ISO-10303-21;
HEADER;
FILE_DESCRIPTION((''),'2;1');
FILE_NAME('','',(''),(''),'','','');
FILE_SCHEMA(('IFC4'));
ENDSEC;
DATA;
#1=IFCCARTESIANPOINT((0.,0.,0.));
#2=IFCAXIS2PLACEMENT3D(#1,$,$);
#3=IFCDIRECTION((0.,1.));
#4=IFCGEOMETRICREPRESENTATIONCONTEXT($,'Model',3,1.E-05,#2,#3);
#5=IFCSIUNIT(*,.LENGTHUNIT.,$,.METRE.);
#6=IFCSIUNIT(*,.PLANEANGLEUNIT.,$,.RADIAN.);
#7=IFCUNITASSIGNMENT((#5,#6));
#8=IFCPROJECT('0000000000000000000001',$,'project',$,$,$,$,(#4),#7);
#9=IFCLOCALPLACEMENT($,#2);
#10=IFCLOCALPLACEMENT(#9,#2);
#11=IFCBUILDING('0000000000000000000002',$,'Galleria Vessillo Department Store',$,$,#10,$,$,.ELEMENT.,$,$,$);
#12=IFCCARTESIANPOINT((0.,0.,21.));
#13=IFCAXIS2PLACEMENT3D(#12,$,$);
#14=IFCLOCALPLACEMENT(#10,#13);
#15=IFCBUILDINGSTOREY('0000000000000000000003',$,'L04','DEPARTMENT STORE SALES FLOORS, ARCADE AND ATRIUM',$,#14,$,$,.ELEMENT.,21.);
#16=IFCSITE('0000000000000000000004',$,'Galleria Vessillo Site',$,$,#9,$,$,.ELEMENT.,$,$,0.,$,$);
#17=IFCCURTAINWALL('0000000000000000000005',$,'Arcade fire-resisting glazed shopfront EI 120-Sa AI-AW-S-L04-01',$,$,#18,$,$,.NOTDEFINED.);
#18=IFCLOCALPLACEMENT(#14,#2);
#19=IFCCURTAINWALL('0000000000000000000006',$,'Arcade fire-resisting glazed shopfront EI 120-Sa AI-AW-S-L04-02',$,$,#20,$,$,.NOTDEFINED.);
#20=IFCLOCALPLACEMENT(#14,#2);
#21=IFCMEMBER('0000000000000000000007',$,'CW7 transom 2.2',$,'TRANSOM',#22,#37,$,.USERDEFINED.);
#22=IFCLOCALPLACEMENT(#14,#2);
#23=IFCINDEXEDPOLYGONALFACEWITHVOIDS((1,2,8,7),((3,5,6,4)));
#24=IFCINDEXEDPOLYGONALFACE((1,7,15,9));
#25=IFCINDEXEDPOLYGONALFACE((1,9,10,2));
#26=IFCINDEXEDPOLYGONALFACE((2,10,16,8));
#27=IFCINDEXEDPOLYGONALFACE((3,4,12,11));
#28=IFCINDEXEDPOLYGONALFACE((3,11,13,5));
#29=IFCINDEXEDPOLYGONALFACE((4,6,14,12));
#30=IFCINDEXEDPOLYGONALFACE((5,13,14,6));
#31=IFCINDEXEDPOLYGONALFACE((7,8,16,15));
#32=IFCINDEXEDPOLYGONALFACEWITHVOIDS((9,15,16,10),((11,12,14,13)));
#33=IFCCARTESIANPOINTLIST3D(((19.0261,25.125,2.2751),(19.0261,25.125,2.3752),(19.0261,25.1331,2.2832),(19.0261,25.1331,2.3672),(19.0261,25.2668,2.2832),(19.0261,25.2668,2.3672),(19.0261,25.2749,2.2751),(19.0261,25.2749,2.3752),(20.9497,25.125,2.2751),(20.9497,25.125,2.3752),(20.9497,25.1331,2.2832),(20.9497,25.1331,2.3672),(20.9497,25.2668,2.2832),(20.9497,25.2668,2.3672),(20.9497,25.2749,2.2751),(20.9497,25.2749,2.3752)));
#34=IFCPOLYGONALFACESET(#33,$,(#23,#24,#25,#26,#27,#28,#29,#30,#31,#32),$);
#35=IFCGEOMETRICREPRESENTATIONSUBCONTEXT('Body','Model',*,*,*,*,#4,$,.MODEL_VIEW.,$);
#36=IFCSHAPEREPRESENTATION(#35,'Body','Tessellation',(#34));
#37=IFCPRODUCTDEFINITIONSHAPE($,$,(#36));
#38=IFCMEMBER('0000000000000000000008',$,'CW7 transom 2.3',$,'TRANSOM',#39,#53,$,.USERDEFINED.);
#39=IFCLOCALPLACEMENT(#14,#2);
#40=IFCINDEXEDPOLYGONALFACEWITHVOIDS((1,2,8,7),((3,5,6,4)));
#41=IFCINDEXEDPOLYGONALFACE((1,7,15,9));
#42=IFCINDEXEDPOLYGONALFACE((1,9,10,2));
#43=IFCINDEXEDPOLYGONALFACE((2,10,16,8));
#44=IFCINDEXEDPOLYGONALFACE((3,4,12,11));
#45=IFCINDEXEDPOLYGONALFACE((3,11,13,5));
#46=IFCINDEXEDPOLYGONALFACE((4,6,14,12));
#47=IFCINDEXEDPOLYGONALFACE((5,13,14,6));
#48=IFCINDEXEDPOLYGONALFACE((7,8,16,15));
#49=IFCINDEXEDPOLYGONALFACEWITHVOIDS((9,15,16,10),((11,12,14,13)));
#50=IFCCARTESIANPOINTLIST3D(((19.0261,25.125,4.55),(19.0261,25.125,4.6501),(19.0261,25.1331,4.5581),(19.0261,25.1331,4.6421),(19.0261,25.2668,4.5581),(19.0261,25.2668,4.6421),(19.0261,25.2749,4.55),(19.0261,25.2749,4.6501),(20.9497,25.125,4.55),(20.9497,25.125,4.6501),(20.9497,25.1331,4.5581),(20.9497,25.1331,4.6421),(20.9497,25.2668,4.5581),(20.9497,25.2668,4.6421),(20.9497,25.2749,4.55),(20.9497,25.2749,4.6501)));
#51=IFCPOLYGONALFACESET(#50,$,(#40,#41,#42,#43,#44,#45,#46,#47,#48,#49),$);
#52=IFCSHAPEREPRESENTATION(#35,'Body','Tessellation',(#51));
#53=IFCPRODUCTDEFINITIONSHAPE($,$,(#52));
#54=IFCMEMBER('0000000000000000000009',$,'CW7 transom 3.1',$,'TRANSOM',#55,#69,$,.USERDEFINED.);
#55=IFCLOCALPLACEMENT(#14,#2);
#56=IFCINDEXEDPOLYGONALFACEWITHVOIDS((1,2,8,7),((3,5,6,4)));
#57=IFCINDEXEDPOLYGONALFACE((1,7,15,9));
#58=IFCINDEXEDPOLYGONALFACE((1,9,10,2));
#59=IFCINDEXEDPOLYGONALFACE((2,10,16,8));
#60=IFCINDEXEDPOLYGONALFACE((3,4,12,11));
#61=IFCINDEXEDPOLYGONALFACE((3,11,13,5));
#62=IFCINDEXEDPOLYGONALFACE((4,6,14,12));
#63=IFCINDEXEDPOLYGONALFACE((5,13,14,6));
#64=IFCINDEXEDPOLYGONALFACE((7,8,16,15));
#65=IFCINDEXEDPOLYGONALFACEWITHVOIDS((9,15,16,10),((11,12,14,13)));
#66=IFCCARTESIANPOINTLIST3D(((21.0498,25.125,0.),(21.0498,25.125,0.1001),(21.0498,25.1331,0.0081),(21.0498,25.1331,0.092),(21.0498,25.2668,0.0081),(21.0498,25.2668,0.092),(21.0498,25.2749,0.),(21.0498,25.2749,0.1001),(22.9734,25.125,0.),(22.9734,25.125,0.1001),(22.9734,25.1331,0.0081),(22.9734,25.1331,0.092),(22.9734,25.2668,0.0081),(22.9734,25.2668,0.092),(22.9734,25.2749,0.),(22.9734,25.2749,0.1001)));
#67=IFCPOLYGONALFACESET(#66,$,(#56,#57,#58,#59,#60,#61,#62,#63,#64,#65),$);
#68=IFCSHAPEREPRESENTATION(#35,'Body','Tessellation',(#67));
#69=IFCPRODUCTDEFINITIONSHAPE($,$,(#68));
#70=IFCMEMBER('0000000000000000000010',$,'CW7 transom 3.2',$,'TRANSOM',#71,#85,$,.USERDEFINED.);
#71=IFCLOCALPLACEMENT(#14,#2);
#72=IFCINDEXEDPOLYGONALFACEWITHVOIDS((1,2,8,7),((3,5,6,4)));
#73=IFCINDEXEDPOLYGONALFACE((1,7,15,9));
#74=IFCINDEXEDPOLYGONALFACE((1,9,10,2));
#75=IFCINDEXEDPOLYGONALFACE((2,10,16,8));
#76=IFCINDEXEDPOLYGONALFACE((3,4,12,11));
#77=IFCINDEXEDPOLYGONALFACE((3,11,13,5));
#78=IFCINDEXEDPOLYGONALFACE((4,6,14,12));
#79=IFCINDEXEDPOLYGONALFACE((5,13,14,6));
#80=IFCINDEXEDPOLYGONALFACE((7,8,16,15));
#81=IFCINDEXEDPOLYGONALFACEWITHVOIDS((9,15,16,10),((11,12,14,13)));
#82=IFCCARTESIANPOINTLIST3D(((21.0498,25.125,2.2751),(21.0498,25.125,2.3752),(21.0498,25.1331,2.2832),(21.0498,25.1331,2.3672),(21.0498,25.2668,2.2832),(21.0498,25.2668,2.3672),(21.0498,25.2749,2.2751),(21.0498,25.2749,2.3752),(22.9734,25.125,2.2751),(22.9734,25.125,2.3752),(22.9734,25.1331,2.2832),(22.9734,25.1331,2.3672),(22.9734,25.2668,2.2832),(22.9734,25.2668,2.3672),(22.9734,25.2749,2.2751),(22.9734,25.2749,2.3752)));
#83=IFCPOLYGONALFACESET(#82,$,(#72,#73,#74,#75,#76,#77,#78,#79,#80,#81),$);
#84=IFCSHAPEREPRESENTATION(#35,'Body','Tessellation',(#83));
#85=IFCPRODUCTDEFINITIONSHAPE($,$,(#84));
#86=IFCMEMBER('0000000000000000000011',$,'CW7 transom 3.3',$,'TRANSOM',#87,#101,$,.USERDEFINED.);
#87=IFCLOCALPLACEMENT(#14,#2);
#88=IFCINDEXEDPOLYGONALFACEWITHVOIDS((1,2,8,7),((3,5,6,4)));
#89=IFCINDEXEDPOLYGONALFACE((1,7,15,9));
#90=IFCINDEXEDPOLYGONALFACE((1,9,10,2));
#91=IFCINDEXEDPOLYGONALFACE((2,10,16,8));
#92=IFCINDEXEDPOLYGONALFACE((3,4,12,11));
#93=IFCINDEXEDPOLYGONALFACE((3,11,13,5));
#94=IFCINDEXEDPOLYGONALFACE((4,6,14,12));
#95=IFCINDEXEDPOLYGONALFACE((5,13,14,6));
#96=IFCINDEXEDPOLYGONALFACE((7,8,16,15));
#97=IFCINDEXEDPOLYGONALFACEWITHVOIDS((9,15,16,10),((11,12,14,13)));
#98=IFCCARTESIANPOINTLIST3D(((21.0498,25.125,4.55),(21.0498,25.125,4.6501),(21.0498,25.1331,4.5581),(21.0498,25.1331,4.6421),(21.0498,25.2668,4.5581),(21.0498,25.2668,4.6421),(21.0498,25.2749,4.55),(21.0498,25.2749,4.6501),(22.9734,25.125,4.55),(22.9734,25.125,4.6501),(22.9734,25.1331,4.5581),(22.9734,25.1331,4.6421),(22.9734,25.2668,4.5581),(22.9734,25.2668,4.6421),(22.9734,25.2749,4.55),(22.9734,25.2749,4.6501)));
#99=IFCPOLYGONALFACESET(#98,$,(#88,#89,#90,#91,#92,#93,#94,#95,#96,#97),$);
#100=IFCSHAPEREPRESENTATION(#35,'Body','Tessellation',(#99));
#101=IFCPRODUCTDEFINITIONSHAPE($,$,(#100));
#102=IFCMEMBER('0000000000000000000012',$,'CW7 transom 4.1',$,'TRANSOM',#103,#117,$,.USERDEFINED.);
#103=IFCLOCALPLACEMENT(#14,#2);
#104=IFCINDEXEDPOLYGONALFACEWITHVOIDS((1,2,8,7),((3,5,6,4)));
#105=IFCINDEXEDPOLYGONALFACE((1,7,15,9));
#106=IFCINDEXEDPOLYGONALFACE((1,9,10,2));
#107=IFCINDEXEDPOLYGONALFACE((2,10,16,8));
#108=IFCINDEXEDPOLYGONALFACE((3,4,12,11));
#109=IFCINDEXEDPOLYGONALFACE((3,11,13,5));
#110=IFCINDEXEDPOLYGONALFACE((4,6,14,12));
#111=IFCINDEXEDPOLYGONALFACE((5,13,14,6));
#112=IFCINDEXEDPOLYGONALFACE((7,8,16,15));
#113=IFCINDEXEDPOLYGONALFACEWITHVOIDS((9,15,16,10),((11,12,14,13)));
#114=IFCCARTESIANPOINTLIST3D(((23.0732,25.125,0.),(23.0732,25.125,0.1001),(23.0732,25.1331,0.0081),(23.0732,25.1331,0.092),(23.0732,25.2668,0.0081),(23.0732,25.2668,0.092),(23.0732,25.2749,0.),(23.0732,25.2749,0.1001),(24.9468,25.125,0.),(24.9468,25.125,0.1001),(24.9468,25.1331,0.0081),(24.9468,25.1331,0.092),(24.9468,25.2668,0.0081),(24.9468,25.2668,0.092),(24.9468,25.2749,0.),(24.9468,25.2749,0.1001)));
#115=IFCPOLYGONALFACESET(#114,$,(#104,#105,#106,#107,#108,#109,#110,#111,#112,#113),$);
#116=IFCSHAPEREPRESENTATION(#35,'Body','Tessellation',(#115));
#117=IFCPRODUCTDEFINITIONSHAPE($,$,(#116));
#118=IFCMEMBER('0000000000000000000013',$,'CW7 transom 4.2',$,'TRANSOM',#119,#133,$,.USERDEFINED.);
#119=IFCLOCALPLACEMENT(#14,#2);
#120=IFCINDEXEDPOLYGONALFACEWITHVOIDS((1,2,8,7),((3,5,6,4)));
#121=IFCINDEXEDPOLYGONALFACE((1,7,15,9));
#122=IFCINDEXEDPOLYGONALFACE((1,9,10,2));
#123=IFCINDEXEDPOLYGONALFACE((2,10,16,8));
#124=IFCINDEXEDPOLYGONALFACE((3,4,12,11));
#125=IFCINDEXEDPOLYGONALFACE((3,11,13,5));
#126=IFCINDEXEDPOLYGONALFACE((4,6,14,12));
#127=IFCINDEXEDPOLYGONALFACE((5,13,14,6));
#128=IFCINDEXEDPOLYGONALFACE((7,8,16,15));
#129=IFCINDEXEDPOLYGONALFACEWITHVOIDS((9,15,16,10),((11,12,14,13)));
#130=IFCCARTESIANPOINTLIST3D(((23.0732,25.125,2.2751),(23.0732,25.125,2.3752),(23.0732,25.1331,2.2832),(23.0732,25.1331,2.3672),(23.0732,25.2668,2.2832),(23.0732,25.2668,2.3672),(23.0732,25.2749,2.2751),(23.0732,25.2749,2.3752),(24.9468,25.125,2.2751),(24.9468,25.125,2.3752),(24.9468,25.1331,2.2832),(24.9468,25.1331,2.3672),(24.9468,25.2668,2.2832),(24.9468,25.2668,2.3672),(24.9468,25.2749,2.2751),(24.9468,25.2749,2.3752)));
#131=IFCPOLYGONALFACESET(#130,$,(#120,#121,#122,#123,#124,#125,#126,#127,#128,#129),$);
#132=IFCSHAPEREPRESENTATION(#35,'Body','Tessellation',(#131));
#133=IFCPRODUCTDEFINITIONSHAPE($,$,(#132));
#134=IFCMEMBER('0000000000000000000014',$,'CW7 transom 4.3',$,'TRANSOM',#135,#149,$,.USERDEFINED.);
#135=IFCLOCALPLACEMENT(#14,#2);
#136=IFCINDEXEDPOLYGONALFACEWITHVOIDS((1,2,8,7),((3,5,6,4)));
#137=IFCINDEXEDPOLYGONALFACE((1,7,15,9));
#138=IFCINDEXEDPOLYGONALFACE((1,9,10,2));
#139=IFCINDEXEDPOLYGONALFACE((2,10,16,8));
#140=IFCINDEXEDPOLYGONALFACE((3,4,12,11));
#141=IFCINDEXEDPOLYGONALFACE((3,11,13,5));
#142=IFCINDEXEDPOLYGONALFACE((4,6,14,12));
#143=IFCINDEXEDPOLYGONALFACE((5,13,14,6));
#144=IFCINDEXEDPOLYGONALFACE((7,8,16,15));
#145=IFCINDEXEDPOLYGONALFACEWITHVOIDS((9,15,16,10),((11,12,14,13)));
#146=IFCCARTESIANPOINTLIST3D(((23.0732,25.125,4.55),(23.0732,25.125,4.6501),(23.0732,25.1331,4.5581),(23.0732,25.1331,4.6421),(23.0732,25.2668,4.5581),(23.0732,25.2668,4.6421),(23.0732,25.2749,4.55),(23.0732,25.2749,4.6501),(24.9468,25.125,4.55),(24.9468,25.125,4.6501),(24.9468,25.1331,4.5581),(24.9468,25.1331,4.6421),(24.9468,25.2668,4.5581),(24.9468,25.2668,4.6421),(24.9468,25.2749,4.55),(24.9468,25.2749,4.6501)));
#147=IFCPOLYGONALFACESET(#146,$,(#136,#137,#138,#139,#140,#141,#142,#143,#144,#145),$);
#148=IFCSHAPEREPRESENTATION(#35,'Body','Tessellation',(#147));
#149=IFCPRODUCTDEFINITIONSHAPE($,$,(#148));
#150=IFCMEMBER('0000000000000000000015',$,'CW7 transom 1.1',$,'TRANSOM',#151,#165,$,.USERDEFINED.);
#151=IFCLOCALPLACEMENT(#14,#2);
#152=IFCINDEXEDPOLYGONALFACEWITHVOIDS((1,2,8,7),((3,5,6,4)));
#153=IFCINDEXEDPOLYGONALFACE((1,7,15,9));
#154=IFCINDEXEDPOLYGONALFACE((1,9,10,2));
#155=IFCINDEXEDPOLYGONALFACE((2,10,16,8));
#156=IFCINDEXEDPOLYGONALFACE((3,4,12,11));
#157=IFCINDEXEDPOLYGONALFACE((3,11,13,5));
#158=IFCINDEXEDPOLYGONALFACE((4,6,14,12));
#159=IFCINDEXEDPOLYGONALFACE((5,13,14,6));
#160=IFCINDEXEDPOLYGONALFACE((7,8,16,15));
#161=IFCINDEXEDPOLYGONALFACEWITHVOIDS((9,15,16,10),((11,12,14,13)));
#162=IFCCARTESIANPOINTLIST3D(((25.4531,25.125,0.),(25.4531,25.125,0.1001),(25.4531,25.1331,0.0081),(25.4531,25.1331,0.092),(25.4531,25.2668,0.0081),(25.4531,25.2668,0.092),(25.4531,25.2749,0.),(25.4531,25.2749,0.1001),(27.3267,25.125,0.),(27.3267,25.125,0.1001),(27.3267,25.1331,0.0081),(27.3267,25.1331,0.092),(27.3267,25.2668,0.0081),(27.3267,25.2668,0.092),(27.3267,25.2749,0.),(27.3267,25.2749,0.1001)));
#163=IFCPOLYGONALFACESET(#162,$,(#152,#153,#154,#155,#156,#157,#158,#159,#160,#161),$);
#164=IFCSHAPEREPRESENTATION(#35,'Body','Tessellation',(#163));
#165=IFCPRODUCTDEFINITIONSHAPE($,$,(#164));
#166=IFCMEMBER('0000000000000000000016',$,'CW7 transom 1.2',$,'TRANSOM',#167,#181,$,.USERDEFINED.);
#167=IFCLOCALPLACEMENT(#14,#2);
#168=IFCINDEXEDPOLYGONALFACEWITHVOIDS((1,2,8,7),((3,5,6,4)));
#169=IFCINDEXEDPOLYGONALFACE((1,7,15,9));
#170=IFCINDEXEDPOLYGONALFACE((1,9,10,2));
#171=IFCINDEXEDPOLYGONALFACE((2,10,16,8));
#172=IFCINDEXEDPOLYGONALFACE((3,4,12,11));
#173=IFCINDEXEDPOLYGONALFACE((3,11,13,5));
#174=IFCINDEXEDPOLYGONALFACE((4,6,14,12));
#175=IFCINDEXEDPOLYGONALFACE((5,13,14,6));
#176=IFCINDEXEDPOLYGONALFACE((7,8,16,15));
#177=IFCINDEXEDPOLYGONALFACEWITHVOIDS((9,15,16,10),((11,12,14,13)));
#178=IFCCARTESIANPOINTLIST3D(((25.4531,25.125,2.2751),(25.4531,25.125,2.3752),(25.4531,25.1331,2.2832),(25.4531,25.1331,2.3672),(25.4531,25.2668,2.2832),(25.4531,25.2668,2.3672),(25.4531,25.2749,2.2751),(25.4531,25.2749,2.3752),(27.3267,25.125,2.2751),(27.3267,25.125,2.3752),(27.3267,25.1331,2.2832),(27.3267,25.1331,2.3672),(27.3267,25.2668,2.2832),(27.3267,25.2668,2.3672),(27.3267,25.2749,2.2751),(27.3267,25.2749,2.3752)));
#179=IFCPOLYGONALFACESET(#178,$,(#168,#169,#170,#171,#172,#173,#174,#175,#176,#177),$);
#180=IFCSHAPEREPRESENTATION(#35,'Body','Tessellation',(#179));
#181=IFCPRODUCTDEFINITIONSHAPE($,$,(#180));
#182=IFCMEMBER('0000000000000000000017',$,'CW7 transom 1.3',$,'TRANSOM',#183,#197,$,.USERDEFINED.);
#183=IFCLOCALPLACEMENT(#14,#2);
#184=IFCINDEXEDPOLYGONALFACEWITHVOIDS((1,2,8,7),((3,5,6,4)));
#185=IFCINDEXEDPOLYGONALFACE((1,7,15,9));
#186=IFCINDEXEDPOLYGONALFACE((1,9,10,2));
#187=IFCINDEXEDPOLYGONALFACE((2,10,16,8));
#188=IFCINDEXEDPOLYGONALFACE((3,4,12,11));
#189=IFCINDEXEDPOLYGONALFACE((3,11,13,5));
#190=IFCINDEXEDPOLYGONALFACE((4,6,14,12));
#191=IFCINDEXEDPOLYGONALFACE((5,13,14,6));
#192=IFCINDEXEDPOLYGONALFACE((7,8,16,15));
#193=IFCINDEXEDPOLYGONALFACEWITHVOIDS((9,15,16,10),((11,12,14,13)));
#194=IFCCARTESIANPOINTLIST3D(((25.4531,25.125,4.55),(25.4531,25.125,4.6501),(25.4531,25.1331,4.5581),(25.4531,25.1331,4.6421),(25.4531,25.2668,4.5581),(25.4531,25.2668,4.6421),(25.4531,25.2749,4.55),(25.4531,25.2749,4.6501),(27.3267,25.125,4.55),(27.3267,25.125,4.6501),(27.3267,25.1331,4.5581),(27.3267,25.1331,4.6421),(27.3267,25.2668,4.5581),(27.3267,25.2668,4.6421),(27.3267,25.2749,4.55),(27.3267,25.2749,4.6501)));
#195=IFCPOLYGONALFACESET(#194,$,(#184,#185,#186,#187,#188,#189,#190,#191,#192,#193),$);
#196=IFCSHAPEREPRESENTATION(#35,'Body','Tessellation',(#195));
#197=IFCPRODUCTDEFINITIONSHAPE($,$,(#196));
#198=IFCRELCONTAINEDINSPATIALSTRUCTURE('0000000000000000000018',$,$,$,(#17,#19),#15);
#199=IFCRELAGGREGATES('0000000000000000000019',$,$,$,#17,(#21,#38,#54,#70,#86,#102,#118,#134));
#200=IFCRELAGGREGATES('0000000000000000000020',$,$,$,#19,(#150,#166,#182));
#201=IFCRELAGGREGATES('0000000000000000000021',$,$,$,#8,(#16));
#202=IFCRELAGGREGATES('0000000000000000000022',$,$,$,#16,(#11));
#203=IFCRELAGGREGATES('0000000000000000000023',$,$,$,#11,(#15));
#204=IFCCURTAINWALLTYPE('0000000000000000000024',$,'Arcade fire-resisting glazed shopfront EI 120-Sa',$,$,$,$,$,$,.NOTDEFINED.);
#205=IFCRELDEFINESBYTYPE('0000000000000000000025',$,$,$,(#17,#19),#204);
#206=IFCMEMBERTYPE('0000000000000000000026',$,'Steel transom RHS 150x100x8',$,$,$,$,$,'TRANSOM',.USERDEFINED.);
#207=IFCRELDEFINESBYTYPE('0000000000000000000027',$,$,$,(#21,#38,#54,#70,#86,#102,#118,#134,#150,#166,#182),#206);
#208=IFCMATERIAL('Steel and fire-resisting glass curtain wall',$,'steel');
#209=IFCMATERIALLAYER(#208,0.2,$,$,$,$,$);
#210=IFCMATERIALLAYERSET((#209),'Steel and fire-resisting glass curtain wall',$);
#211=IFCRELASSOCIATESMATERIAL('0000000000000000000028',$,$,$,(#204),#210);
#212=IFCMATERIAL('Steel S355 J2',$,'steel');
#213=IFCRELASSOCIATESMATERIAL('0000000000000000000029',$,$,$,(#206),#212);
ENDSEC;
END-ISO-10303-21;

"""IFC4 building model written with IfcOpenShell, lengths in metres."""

from ifc_helpers import new_model, si_unit, direction, frame, origin, origin_2d, place, context, subcontext, project, spatial, hollow_rectangle, extrude, material, layer, layer_set, material_profile, profile_set, type_object, element, aggregate, save


model = new_model("IFC4")

# Units and contexts
model_context = context("Model", 3, precision=1e-05, world=origin(), true_north=direction((0.0, 1.0)))
body_context = subcontext(model_context, "Body", "Model", "MODEL_VIEW")
ifc_project = project(units=[si_unit("LENGTHUNIT", "METRE"), si_unit("PLANEANGLEUNIT", "RADIAN")], contexts=[model_context])

# Site, building, storey
site_placement = place(None, origin())
site = spatial("IfcSite", under=ifc_project, at=site_placement, Name="Galleria Vessillo Site", CompositionType="ELEMENT", RefElevation=0.0)
building_placement = place(site_placement, origin())
building = spatial("IfcBuilding", under=site, at=building_placement, Name="Galleria Vessillo Department Store", CompositionType="ELEMENT")
storey_placement = place(building_placement, frame((0.0, 0.0, 21.0)))
storey = spatial("IfcBuildingStorey", under=building, at=storey_placement, Name="L04", Description="DEPARTMENT STORE SALES FLOORS, ARCADE AND ATRIUM", CompositionType="ELEMENT", Elevation=21.0)

# Curtain walls
ifc_material_1 = material(Name="Steel and fire-resisting glass curtain wall", Category="steel")
ifc_layer_1 = layer(ifc_material_1, 0.2)
ifc_layer_set_1 = layer_set([ifc_layer_1], Name="Steel and fire-resisting glass curtain wall")
curtain_wall_type = type_object("IfcCurtainWallType", Name="Arcade fire-resisting glazed shopfront EI 120-Sa", PredefinedType="NOTDEFINED", material=ifc_layer_set_1)
curtain_wall_1_placement = place(storey_placement, origin())
curtain_wall_1 = element("IfcCurtainWall", 1, at=curtain_wall_1_placement, inside=storey, type_object=curtain_wall_type, Name="Arcade fire-resisting glazed shopfront EI 120-Sa AI-AW-S-L04-01", PredefinedType="NOTDEFINED")
curtain_wall_2_placement = place(storey_placement, origin())
curtain_wall_2 = element("IfcCurtainWall", 2, at=curtain_wall_2_placement, inside=storey, type_object=curtain_wall_type, Name="Arcade fire-resisting glazed shopfront EI 120-Sa AI-AW-S-L04-02", PredefinedType="NOTDEFINED")

# Members
ifc_material_2 = material(Name="Steel S355 J2", Category="steel")
ifc_material_profile_1 = material_profile(ifc_material_2, hollow_rectangle(XDim=0.1499, YDim=0.1001, WallThickness=0.0081, at=origin_2d()), Name="RHS 150x100x8")
ifc_profile_set_1 = profile_set([ifc_material_profile_1], Name="Steel S355 J2")
member_type_1 = type_object("IfcMemberType", Name="Steel transom RHS 150x100x8", ElementType="TRANSOM", PredefinedType="USERDEFINED", material=ifc_profile_set_1)
member_1_placement = place(storey_placement, frame((19.0261, 25.2, 2.3252), z_axis=(1.0, 0.0, 0.0), x_axis=(0.0, 1.0, 0.0)))
member_1 = element("IfcMember", 3, at=member_1_placement, type_object=member_type_1, Name="CW7 transom 2.2", ObjectType="TRANSOM", PredefinedType="USERDEFINED", context=body_context, shape_type="SweptSolid", body=[
    extrude(hollow_rectangle(XDim=0.1499, YDim=0.1001, WallThickness=0.0081, at=origin_2d()), origin(), (0.0, 0.0, 1.0), 1.9236),
])
member_2_placement = place(storey_placement, frame((19.0261, 25.2, 4.6001), z_axis=(1.0, 0.0, 0.0), x_axis=(0.0, 1.0, 0.0)))
member_2 = element("IfcMember", 4, at=member_2_placement, type_object=member_type_1, Name="CW7 transom 2.3", ObjectType="TRANSOM", PredefinedType="USERDEFINED", context=body_context, shape_type="SweptSolid", body=[
    extrude(hollow_rectangle(XDim=0.1499, YDim=0.1001, WallThickness=0.0081, at=origin_2d()), origin(), (0.0, 0.0, 1.0), 1.9236),
])
member_3_placement = place(storey_placement, frame((21.0498, 25.2, 0.05), z_axis=(1.0, 0.0, 0.0), x_axis=(0.0, 1.0, 0.0)))
member_3 = element("IfcMember", 5, at=member_3_placement, type_object=member_type_1, Name="CW7 transom 3.1", ObjectType="TRANSOM", PredefinedType="USERDEFINED", context=body_context, shape_type="SweptSolid", body=[
    extrude(hollow_rectangle(XDim=0.1499, YDim=0.1001, WallThickness=0.0081, at=origin_2d()), origin(), (0.0, 0.0, 1.0), 1.9236),
])
member_4_placement = place(storey_placement, frame((21.0498, 25.2, 2.3252), z_axis=(1.0, 0.0, 0.0), x_axis=(0.0, 1.0, 0.0)))
member_4 = element("IfcMember", 6, at=member_4_placement, type_object=member_type_1, Name="CW7 transom 3.2", ObjectType="TRANSOM", PredefinedType="USERDEFINED", context=body_context, shape_type="SweptSolid", body=[
    extrude(hollow_rectangle(XDim=0.1499, YDim=0.1001, WallThickness=0.0081, at=origin_2d()), origin(), (0.0, 0.0, 1.0), 1.9236),
])
member_5_placement = place(storey_placement, frame((21.0498, 25.2, 4.6001), z_axis=(1.0, 0.0, 0.0), x_axis=(0.0, 1.0, 0.0)))
member_5 = element("IfcMember", 7, at=member_5_placement, type_object=member_type_1, Name="CW7 transom 3.3", ObjectType="TRANSOM", PredefinedType="USERDEFINED", context=body_context, shape_type="SweptSolid", body=[
    extrude(hollow_rectangle(XDim=0.1499, YDim=0.1001, WallThickness=0.0081, at=origin_2d()), origin(), (0.0, 0.0, 1.0), 1.9236),
])
member_6_placement = place(storey_placement, frame((23.0732, 25.2, 0.05), z_axis=(1.0, 0.0, 0.0), x_axis=(0.0, 1.0, 0.0)))
member_6 = element("IfcMember", 8, at=member_6_placement, type_object=member_type_1, Name="CW7 transom 4.1", ObjectType="TRANSOM", PredefinedType="USERDEFINED", context=body_context, shape_type="SweptSolid", body=[
    extrude(hollow_rectangle(XDim=0.1499, YDim=0.1001, WallThickness=0.0081, at=origin_2d()), origin(), (0.0, 0.0, 1.0), 1.8735),
])
member_7_placement = place(storey_placement, frame((23.0732, 25.2, 2.3252), z_axis=(1.0, 0.0, 0.0), x_axis=(0.0, 1.0, 0.0)))
member_7 = element("IfcMember", 9, at=member_7_placement, type_object=member_type_1, Name="CW7 transom 4.2", ObjectType="TRANSOM", PredefinedType="USERDEFINED", context=body_context, shape_type="SweptSolid", body=[
    extrude(hollow_rectangle(XDim=0.1499, YDim=0.1001, WallThickness=0.0081, at=origin_2d()), origin(), (0.0, 0.0, 1.0), 1.8735),
])
member_8_placement = place(storey_placement, frame((23.0732, 25.2, 4.6001), z_axis=(1.0, 0.0, 0.0), x_axis=(0.0, 1.0, 0.0)))
member_8 = element("IfcMember", 10, at=member_8_placement, type_object=member_type_1, Name="CW7 transom 4.3", ObjectType="TRANSOM", PredefinedType="USERDEFINED", context=body_context, shape_type="SweptSolid", body=[
    extrude(hollow_rectangle(XDim=0.1499, YDim=0.1001, WallThickness=0.0081, at=origin_2d()), origin(), (0.0, 0.0, 1.0), 1.8735),
])
member_9_placement = place(storey_placement, frame((25.4531, 25.2, 0.05), z_axis=(1.0, 0.0, 0.0), x_axis=(0.0, 1.0, 0.0)))
member_9 = element("IfcMember", 11, at=member_9_placement, type_object=member_type_1, Name="CW7 transom 1.1", ObjectType="TRANSOM", PredefinedType="USERDEFINED", context=body_context, shape_type="SweptSolid", body=[
    extrude(hollow_rectangle(XDim=0.1499, YDim=0.1001, WallThickness=0.0081, at=origin_2d()), origin(), (0.0, 0.0, 1.0), 1.8735),
])
member_10_placement = place(storey_placement, frame((25.4531, 25.2, 2.3252), z_axis=(1.0, 0.0, 0.0), x_axis=(0.0, 1.0, 0.0)))
member_10 = element("IfcMember", 12, at=member_10_placement, type_object=member_type_1, Name="CW7 transom 1.2", ObjectType="TRANSOM", PredefinedType="USERDEFINED", context=body_context, shape_type="SweptSolid", body=[
    extrude(hollow_rectangle(XDim=0.1499, YDim=0.1001, WallThickness=0.0081, at=origin_2d()), origin(), (0.0, 0.0, 1.0), 1.8735),
])
member_11_placement = place(storey_placement, frame((25.4531, 25.2, 4.6001), z_axis=(1.0, 0.0, 0.0), x_axis=(0.0, 1.0, 0.0)))
member_11 = element("IfcMember", 13, at=member_11_placement, type_object=member_type_1, Name="CW7 transom 1.3", ObjectType="TRANSOM", PredefinedType="USERDEFINED", context=body_context, shape_type="SweptSolid", body=[
    extrude(hollow_rectangle(XDim=0.1499, YDim=0.1001, WallThickness=0.0081, at=origin_2d()), origin(), (0.0, 0.0, 1.0), 1.8735),
])

aggregate(curtain_wall_1, [member_1, member_2, member_3, member_4, member_5, member_6, member_7, member_8])
aggregate(curtain_wall_2, [member_9, member_10, member_11])

save(model, "model.ifc")
